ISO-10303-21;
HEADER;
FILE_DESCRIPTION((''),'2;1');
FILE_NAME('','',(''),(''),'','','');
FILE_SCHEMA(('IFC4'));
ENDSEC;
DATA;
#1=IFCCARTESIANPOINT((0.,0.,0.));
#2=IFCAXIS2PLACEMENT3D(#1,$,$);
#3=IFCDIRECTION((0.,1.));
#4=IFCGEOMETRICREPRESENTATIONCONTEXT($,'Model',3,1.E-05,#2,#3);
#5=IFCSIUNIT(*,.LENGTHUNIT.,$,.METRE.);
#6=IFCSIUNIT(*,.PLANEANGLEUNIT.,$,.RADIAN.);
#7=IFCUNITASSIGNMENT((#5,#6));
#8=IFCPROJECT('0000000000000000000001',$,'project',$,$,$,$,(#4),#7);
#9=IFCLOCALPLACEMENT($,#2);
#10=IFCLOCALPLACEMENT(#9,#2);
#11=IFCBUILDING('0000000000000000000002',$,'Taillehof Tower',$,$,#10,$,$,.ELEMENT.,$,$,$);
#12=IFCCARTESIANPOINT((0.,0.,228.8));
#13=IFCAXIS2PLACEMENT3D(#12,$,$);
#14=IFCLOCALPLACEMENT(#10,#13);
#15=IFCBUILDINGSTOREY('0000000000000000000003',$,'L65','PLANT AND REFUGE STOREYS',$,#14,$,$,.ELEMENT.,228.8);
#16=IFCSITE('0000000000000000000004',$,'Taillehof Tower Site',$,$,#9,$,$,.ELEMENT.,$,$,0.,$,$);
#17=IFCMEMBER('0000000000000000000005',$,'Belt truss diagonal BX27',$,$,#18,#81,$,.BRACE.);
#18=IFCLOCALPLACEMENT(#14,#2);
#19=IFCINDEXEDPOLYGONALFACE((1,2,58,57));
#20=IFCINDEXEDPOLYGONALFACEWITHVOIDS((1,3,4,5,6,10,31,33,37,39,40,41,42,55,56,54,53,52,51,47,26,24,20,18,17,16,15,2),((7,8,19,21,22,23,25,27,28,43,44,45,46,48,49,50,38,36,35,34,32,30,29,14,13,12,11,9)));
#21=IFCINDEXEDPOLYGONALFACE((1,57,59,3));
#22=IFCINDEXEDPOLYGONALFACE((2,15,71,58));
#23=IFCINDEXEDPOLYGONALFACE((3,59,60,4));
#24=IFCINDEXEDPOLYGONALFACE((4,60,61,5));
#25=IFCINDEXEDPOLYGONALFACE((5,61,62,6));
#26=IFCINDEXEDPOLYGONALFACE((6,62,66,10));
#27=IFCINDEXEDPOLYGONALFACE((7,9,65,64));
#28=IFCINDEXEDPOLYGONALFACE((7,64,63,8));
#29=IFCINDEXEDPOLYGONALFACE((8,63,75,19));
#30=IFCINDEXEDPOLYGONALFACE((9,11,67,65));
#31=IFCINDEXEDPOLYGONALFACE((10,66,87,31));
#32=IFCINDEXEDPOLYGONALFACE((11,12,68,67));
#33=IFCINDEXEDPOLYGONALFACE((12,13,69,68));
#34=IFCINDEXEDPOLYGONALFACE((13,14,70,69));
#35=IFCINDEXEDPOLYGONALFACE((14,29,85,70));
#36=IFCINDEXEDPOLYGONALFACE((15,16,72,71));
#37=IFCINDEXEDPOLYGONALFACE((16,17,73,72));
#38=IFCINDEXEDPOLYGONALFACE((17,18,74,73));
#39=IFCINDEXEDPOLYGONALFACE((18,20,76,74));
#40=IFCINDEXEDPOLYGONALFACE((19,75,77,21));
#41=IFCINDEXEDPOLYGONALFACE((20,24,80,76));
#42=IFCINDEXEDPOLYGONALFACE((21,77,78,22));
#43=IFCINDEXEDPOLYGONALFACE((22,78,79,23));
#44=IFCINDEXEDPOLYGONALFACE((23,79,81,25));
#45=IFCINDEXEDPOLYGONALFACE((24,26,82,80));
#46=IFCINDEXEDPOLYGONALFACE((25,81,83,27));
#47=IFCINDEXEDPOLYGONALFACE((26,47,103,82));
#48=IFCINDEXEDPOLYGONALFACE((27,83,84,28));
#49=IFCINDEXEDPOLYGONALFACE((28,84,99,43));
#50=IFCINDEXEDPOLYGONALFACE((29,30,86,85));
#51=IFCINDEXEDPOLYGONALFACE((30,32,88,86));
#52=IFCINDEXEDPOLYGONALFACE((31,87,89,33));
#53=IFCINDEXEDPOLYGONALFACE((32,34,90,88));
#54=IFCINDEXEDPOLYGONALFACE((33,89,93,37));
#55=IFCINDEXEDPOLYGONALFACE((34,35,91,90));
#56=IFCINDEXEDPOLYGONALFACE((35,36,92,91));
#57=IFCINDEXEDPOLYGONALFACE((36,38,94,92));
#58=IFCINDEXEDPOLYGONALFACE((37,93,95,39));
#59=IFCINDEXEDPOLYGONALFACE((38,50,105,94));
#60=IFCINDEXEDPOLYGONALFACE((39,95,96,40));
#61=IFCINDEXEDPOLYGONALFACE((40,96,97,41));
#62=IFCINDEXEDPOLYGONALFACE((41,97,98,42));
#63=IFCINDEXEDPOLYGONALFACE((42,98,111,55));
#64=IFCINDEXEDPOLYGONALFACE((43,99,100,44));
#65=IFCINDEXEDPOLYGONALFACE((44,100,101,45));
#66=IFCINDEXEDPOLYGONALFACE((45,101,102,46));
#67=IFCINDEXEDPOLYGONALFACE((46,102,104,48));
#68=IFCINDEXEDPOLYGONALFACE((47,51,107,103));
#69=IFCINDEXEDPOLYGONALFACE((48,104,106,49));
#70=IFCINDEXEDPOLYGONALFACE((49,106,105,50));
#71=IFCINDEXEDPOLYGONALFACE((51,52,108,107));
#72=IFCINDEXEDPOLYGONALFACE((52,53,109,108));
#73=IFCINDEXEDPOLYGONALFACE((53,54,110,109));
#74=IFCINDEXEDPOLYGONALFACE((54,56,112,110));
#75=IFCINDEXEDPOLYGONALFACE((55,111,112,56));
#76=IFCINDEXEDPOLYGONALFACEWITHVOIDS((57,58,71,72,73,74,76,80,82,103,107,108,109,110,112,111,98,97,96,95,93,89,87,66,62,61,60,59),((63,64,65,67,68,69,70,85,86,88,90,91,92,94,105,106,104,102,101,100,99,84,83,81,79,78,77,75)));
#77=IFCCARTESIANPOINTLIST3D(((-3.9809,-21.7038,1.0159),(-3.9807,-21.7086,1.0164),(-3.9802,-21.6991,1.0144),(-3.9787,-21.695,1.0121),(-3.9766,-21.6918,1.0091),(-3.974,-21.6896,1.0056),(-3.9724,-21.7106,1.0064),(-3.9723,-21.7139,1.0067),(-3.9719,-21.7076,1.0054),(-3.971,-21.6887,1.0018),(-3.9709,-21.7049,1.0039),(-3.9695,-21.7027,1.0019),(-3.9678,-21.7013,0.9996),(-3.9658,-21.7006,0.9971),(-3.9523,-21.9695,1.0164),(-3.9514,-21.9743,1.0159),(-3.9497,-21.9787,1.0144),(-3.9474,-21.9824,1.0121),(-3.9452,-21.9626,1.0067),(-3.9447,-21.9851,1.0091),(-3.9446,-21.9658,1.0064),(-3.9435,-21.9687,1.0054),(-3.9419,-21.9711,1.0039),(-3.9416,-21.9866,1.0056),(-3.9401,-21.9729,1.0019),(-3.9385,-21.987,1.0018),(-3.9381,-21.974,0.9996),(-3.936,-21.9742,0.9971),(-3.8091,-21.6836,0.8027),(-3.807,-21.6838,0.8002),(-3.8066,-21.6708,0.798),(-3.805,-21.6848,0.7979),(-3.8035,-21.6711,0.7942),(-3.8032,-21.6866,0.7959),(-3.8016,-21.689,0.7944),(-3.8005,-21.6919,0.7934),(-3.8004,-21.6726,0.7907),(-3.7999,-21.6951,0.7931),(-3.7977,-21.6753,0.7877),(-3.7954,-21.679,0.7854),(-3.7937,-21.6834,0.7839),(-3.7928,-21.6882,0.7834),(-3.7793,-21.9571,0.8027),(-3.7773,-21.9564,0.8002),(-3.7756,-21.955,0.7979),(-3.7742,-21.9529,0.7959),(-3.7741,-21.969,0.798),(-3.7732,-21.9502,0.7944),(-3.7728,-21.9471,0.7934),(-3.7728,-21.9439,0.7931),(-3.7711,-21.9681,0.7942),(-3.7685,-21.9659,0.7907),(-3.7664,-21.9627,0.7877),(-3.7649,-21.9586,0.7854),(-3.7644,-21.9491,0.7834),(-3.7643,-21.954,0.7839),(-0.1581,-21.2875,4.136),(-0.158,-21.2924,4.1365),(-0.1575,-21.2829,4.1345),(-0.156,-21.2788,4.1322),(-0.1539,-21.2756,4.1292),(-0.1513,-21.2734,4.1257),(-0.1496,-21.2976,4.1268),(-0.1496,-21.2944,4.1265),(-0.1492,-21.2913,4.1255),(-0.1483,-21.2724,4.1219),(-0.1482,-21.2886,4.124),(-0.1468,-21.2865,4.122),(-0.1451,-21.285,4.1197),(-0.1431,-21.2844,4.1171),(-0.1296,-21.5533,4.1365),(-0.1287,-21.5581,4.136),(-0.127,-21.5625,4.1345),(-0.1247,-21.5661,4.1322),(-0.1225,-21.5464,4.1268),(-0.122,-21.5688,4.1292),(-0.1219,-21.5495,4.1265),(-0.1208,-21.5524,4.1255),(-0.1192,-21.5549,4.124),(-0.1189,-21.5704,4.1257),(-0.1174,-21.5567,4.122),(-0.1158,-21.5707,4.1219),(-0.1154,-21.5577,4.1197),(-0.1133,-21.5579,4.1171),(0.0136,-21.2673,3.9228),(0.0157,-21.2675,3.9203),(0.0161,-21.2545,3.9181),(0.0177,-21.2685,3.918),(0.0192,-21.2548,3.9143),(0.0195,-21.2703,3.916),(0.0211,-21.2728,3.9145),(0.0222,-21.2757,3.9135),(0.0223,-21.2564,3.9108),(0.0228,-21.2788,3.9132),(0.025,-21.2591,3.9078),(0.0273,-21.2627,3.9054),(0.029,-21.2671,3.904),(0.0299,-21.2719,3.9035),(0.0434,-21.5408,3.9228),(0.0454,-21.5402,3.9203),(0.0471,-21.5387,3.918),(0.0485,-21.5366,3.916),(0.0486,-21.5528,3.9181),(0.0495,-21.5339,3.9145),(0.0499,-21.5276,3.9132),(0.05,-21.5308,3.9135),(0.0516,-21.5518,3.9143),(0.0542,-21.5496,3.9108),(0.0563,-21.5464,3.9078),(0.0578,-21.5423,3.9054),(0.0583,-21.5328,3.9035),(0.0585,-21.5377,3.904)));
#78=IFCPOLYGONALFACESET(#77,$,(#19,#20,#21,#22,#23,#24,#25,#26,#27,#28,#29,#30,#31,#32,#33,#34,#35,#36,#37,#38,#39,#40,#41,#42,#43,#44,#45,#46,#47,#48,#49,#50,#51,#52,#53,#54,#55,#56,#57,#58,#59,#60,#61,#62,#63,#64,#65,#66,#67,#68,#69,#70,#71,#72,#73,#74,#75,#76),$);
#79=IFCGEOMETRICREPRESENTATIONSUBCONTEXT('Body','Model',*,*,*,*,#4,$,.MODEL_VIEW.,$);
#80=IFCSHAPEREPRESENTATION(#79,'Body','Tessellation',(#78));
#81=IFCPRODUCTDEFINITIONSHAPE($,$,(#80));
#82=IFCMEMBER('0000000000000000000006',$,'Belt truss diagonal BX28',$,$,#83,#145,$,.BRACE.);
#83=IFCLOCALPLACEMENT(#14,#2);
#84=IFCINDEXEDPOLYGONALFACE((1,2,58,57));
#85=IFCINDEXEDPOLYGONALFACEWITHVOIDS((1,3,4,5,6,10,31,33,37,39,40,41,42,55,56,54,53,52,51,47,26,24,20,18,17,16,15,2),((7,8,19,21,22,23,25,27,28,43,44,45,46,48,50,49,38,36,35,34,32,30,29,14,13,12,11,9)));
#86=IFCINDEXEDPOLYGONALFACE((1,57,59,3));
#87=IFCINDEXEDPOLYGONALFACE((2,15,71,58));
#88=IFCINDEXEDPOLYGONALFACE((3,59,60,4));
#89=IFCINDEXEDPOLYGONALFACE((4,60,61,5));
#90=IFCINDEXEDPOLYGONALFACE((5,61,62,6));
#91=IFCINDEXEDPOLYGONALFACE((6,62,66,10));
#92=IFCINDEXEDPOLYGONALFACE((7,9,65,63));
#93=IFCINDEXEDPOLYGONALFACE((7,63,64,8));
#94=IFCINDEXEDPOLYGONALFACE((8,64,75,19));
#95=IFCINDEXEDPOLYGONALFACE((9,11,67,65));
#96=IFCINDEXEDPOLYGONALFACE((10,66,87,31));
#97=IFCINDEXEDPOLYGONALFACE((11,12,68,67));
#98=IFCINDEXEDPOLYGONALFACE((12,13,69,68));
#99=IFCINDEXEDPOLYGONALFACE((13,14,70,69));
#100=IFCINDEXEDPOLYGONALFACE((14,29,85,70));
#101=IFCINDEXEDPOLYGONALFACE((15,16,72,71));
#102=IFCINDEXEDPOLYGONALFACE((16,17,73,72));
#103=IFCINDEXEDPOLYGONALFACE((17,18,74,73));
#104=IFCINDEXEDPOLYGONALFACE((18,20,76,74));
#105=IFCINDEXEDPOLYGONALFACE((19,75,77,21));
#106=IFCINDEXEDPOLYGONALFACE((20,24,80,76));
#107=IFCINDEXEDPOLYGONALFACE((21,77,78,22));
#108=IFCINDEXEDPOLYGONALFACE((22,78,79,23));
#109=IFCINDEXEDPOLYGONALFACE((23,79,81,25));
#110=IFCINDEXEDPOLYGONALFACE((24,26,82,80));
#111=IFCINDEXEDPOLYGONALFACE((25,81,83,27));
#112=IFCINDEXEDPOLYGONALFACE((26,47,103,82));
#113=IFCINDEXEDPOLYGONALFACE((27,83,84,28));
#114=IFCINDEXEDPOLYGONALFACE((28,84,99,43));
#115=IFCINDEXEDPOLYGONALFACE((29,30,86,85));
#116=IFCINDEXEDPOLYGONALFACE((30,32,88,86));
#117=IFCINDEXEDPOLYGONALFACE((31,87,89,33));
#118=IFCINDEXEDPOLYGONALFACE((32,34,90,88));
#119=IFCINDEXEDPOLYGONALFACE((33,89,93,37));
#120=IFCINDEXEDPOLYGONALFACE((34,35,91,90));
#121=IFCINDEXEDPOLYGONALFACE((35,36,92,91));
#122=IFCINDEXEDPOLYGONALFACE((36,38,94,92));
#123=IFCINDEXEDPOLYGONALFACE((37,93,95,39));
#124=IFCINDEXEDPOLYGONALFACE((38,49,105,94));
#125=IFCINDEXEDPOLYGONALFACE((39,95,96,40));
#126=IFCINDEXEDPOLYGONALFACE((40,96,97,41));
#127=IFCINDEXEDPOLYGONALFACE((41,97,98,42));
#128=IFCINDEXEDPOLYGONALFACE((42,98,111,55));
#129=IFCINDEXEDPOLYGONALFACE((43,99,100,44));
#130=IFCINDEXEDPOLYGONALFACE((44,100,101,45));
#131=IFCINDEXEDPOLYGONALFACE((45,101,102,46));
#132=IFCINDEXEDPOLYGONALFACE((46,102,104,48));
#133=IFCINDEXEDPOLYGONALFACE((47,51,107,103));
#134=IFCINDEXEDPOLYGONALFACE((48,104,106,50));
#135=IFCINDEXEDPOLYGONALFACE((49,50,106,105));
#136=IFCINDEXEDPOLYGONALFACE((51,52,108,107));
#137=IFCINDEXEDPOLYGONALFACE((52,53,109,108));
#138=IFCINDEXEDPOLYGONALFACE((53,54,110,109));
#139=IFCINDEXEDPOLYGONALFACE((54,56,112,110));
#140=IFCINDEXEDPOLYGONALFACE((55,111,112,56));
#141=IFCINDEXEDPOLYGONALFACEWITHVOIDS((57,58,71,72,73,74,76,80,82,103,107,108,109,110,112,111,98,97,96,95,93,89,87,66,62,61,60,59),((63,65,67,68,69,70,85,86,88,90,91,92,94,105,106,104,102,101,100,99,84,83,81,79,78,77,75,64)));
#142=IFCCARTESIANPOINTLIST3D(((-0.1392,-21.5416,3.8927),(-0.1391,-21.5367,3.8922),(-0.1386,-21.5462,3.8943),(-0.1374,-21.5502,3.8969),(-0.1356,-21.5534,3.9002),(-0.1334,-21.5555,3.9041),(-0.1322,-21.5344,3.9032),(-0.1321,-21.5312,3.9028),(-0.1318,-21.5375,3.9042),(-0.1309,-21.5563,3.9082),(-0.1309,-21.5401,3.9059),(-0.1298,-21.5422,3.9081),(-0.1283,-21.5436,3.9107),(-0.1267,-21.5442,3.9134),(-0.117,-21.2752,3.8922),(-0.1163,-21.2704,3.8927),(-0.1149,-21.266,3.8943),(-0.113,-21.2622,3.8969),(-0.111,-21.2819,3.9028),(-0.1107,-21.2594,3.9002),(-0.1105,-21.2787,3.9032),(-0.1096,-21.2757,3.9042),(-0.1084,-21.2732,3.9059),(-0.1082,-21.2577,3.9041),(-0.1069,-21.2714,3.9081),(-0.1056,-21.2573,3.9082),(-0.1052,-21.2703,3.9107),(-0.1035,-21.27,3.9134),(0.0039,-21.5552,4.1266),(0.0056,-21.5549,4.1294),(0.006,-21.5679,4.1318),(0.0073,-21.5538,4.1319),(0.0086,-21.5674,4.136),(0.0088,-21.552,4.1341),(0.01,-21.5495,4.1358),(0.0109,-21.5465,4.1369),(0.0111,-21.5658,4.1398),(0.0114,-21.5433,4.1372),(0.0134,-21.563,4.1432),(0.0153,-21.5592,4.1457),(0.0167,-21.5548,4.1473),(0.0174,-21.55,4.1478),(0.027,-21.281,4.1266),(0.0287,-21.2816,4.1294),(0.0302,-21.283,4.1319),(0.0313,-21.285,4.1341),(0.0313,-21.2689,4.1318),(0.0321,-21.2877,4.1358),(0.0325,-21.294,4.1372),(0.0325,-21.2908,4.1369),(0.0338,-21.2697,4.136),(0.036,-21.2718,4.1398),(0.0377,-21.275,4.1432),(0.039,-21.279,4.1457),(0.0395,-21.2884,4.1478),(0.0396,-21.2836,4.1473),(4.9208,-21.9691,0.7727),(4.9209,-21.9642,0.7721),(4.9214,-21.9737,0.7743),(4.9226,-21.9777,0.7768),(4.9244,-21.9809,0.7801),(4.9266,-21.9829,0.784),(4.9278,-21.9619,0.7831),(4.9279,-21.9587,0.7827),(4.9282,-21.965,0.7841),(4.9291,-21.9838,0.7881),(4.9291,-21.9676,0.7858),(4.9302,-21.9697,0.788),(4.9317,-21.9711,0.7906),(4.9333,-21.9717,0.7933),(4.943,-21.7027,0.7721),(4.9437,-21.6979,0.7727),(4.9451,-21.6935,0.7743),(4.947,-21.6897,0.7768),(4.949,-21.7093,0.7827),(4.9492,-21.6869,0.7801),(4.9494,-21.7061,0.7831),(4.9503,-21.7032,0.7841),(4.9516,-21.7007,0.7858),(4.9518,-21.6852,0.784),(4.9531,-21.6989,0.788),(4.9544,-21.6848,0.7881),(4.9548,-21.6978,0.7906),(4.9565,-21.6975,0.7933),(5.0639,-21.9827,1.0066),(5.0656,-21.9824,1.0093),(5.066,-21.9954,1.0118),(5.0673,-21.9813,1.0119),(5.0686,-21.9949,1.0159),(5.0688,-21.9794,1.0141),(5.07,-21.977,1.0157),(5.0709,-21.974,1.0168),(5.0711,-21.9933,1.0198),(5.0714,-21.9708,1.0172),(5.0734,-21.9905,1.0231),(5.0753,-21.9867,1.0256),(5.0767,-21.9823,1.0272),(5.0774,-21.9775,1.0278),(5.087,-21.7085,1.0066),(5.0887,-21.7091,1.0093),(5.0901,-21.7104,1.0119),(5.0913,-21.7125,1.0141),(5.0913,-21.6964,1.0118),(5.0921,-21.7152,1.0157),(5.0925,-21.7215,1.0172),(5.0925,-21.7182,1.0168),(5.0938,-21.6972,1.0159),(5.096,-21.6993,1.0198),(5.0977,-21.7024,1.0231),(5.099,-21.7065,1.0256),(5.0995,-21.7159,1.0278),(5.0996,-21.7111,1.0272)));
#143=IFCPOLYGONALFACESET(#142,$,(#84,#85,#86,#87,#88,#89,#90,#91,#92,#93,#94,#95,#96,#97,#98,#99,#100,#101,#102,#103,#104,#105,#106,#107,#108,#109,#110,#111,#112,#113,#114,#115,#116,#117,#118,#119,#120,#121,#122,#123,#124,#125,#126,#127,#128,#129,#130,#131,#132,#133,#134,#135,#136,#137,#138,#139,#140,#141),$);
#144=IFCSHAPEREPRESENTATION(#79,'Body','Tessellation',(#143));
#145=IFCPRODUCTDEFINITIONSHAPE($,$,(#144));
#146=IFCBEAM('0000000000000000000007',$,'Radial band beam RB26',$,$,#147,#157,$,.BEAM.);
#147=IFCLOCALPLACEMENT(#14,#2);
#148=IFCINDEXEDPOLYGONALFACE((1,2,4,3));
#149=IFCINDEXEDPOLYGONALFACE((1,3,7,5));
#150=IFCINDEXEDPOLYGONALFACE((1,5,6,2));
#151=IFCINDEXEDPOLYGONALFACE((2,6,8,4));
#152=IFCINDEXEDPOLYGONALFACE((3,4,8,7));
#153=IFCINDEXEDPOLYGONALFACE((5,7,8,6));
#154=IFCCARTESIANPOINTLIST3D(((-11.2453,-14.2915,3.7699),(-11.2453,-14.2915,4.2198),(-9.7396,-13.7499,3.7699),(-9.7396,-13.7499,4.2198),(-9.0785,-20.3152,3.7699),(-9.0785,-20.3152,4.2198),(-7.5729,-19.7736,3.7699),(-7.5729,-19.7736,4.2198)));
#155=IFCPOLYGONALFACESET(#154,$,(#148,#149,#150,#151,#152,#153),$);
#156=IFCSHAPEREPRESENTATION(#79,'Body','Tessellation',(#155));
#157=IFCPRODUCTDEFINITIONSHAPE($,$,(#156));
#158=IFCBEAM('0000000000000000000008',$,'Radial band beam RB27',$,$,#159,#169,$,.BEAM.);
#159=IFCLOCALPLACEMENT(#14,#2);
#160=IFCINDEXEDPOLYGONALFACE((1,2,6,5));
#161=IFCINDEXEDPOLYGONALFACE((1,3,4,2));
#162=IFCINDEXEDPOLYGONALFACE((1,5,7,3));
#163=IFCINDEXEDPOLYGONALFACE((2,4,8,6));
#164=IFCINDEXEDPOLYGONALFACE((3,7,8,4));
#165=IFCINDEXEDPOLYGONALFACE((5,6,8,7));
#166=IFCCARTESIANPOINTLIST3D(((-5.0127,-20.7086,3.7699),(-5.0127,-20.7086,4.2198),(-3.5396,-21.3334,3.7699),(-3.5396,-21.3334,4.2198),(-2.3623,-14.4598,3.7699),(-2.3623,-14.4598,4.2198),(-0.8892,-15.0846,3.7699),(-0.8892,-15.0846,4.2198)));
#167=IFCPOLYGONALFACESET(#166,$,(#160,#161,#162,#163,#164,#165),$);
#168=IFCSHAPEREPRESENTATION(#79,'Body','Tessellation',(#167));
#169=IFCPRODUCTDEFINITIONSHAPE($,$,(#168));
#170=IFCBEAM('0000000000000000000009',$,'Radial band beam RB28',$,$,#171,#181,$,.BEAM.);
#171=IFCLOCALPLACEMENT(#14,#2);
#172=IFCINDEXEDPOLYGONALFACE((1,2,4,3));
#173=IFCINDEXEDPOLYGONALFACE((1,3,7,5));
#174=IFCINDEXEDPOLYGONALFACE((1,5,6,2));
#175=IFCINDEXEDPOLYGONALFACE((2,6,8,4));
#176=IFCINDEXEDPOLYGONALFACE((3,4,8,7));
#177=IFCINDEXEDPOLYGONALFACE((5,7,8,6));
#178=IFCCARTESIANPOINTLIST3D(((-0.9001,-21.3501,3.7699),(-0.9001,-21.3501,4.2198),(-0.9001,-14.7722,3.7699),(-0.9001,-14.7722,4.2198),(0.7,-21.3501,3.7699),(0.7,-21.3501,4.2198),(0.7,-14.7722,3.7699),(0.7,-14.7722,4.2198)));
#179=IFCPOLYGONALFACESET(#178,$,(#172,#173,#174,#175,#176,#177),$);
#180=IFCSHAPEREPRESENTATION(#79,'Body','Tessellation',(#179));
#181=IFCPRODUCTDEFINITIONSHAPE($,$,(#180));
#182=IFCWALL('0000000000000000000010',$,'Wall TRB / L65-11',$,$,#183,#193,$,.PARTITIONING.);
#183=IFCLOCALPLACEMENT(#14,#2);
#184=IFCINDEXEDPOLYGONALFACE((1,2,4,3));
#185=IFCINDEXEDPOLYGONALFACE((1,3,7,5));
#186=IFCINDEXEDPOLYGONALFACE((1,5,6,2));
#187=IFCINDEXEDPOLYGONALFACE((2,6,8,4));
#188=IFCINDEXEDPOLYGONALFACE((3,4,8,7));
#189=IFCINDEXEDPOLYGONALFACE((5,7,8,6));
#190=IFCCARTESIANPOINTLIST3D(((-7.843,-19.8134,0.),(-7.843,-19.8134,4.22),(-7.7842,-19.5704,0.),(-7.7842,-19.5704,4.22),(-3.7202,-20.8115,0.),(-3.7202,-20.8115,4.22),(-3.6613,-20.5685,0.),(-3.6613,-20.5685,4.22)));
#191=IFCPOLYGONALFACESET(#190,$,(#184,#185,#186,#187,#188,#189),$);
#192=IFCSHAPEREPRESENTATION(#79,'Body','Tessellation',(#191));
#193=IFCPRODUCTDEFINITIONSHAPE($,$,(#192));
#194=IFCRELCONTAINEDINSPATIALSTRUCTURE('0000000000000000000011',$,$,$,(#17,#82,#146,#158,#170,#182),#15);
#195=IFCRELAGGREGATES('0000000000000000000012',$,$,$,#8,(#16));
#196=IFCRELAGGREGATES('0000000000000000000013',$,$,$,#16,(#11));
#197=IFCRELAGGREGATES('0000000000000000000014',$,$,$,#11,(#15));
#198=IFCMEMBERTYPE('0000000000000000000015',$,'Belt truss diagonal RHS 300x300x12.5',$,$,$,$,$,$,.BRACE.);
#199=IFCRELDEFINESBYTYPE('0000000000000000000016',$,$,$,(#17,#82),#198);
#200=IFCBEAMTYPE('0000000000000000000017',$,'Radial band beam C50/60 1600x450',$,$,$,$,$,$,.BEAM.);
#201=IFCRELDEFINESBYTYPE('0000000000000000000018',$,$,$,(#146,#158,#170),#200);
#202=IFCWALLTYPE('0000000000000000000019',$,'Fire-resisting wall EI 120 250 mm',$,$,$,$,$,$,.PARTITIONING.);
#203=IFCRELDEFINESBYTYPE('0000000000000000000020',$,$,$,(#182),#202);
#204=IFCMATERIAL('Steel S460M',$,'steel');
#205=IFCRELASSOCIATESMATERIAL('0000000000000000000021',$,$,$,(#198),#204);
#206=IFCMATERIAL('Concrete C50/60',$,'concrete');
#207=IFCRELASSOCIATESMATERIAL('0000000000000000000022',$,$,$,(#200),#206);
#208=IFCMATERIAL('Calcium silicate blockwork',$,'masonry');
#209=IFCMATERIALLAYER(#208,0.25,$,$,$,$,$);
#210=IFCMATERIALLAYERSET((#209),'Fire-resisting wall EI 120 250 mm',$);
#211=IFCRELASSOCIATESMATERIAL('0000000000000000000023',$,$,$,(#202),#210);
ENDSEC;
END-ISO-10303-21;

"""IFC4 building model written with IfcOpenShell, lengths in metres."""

from ifc_helpers import new_model, si_unit, direction, frame, frame_2d, origin, origin_2d, place, context, subcontext, project, spatial, rectangle, hollow_rectangle, extrude, material, layer, layer_set, material_profile, profile_set, type_object, element, save


model = new_model("IFC4")

# Units and contexts
model_context = context("Model", 3, precision=1e-05, world=origin(), true_north=direction((0.0, 1.0)))
body_context = subcontext(model_context, "Body", "Model", "MODEL_VIEW")
ifc_project = project(units=[si_unit("LENGTHUNIT", "METRE"), si_unit("PLANEANGLEUNIT", "RADIAN")], contexts=[model_context])

# Site, building, storey
site_placement = place(None, origin())
site = spatial("IfcSite", under=ifc_project, at=site_placement, Name="Taillehof Tower Site", CompositionType="ELEMENT", RefElevation=0.0)
building_placement = place(site_placement, origin())
building = spatial("IfcBuilding", under=site, at=building_placement, Name="Taillehof Tower", CompositionType="ELEMENT")
storey_placement = place(building_placement, frame((0.0, 0.0, 228.8)))
storey = spatial("IfcBuildingStorey", under=building, at=storey_placement, Name="L65", Description="PLANT AND REFUGE STOREYS", CompositionType="ELEMENT", Elevation=228.8)

# Members
ifc_material_1 = material(Name="Steel S460M", Category="steel")
ifc_material_profile_1 = material_profile(ifc_material_1, hollow_rectangle(XDim=0.3, YDim=0.3, WallThickness=0.0125, InnerFilletRadius=0.0125, OuterFilletRadius=0.0188, at=origin_2d()), Name="RHS 300x300x12.5")
ifc_profile_set_1 = profile_set([ifc_material_profile_1], Name="Steel S460M")
member_type_1 = type_object("IfcMemberType", Name="Belt truss diagonal RHS 300x300x12.5", PredefinedType="BRACE", material=ifc_profile_set_1)
member_1_placement = place(storey_placement, frame((-3.8726, -21.8289, 0.8999), z_axis=(0.771969, 0.08406, 0.630078), x_axis=(-0.10825, 0.994124, 0.0)))
element("IfcMember", 1, at=member_1_placement, inside=storey, type_object=member_type_1, Name="Belt truss diagonal BX27", PredefinedType="BRACE", context=body_context, shape_type="SweptSolid", body=[
    extrude(hollow_rectangle(XDim=0.3, YDim=0.3, WallThickness=0.0125, InnerFilletRadius=0.0125, OuterFilletRadius=0.0188, at=origin_2d()), origin(), (0.0, 0.0, 1.0), 4.9519),
])
member_2_placement = place(storey_placement, frame((-0.0498, -21.4126, 4.02), z_axis=(0.848997, -0.071726, -0.523506), x_axis=(0.084183, 0.99645, 0.0)))
element("IfcMember", 2, at=member_2_placement, inside=storey, type_object=member_type_1, Name="Belt truss diagonal BX28", PredefinedType="BRACE", context=body_context, shape_type="SweptSolid", body=[
    extrude(hollow_rectangle(XDim=0.3, YDim=0.3, WallThickness=0.0125, InnerFilletRadius=0.0125, OuterFilletRadius=0.0188, at=origin_2d()), origin(), (0.0, 0.0, 1.0), 5.96),
])

# Beams
ifc_material_2 = material(Name="Concrete C50/60", Category="concrete")
ifc_material_profile_2 = material_profile(ifc_material_2, rectangle(XDim=1.6001, YDim=0.45, at=origin_2d()), Name="RC 1600x450")
ifc_profile_set_2 = profile_set([ifc_material_profile_2], Name="Concrete C50/60")
beam_type = type_object("IfcBeamType", Name="Radial band beam C50/60 1600x450", PredefinedType="BEAM", material=ifc_profile_set_2)
beam_1_placement = place(storey_placement, frame((-8.3257, -20.0444, 3.9949), z_axis=(-0.338474, 0.940976, 0.0), x_axis=(-0.940976, -0.338474, 0.0)))
element("IfcBeam", 3, at=beam_1_placement, inside=storey, type_object=beam_type, Name="Radial band beam RB26", PredefinedType="BEAM", context=body_context, shape_type="SweptSolid", body=[
    extrude(rectangle(XDim=1.6001, YDim=0.45, at=origin_2d()), origin(), (0.0, 0.0, 1.0), 6.4016),
])
beam_2_placement = place(storey_placement, frame((-4.2761, -21.021, 3.9949), z_axis=(0.390474, 0.920614, 0.0), x_axis=(-0.920614, 0.390474, 0.0)))
element("IfcBeam", 4, at=beam_2_placement, inside=storey, type_object=beam_type, Name="Radial band beam RB27", PredefinedType="BEAM", context=body_context, shape_type="SweptSolid", body=[
    extrude(rectangle(XDim=1.6001, YDim=0.45, at=origin_2d()), origin(), (0.0, 0.0, 1.0), 6.7876),
])
beam_3_placement = place(storey_placement, frame((-0.1001, -21.3501, 3.9949), z_axis=(0.0, 1.0, 0.0), x_axis=(-1.0, 0.0, 0.0)))
element("IfcBeam", 5, at=beam_3_placement, inside=storey, type_object=beam_type, Name="Radial band beam RB28", PredefinedType="BEAM", context=body_context, shape_type="SweptSolid", body=[
    extrude(rectangle(XDim=1.6001, YDim=0.45, at=origin_2d()), origin(), (0.0, 0.0, 1.0), 6.5779),
])

# Wall
ifc_material_3 = material(Name="Calcium silicate blockwork", Category="masonry")
ifc_layer_1 = layer(ifc_material_3, 0.25)
ifc_layer_set_1 = layer_set([ifc_layer_1], Name="Fire-resisting wall EI 120 250 mm")
wall_type = type_object("IfcWallType", Name="Fire-resisting wall EI 120 250 mm", PredefinedType="PARTITIONING", material=ifc_layer_set_1)
wall_1_placement = place(storey_placement, frame((-7.8137, -19.6919, 0.0), z_axis=(0.0, 0.0, 1.0), x_axis=(0.971927, -0.235284, 0.0)))
element("IfcWall", 6, at=wall_1_placement, inside=storey, type_object=wall_type, Name="Wall TRB / L65-11", PredefinedType="PARTITIONING", context=body_context, shape_type="SweptSolid", body=[
    extrude(rectangle(XDim=4.2419, YDim=0.25, at=frame_2d((2.1211, 0.0))), origin(), (0.0, 0.0, 1.0), 4.22),
])

save(model, "model.ifc")
